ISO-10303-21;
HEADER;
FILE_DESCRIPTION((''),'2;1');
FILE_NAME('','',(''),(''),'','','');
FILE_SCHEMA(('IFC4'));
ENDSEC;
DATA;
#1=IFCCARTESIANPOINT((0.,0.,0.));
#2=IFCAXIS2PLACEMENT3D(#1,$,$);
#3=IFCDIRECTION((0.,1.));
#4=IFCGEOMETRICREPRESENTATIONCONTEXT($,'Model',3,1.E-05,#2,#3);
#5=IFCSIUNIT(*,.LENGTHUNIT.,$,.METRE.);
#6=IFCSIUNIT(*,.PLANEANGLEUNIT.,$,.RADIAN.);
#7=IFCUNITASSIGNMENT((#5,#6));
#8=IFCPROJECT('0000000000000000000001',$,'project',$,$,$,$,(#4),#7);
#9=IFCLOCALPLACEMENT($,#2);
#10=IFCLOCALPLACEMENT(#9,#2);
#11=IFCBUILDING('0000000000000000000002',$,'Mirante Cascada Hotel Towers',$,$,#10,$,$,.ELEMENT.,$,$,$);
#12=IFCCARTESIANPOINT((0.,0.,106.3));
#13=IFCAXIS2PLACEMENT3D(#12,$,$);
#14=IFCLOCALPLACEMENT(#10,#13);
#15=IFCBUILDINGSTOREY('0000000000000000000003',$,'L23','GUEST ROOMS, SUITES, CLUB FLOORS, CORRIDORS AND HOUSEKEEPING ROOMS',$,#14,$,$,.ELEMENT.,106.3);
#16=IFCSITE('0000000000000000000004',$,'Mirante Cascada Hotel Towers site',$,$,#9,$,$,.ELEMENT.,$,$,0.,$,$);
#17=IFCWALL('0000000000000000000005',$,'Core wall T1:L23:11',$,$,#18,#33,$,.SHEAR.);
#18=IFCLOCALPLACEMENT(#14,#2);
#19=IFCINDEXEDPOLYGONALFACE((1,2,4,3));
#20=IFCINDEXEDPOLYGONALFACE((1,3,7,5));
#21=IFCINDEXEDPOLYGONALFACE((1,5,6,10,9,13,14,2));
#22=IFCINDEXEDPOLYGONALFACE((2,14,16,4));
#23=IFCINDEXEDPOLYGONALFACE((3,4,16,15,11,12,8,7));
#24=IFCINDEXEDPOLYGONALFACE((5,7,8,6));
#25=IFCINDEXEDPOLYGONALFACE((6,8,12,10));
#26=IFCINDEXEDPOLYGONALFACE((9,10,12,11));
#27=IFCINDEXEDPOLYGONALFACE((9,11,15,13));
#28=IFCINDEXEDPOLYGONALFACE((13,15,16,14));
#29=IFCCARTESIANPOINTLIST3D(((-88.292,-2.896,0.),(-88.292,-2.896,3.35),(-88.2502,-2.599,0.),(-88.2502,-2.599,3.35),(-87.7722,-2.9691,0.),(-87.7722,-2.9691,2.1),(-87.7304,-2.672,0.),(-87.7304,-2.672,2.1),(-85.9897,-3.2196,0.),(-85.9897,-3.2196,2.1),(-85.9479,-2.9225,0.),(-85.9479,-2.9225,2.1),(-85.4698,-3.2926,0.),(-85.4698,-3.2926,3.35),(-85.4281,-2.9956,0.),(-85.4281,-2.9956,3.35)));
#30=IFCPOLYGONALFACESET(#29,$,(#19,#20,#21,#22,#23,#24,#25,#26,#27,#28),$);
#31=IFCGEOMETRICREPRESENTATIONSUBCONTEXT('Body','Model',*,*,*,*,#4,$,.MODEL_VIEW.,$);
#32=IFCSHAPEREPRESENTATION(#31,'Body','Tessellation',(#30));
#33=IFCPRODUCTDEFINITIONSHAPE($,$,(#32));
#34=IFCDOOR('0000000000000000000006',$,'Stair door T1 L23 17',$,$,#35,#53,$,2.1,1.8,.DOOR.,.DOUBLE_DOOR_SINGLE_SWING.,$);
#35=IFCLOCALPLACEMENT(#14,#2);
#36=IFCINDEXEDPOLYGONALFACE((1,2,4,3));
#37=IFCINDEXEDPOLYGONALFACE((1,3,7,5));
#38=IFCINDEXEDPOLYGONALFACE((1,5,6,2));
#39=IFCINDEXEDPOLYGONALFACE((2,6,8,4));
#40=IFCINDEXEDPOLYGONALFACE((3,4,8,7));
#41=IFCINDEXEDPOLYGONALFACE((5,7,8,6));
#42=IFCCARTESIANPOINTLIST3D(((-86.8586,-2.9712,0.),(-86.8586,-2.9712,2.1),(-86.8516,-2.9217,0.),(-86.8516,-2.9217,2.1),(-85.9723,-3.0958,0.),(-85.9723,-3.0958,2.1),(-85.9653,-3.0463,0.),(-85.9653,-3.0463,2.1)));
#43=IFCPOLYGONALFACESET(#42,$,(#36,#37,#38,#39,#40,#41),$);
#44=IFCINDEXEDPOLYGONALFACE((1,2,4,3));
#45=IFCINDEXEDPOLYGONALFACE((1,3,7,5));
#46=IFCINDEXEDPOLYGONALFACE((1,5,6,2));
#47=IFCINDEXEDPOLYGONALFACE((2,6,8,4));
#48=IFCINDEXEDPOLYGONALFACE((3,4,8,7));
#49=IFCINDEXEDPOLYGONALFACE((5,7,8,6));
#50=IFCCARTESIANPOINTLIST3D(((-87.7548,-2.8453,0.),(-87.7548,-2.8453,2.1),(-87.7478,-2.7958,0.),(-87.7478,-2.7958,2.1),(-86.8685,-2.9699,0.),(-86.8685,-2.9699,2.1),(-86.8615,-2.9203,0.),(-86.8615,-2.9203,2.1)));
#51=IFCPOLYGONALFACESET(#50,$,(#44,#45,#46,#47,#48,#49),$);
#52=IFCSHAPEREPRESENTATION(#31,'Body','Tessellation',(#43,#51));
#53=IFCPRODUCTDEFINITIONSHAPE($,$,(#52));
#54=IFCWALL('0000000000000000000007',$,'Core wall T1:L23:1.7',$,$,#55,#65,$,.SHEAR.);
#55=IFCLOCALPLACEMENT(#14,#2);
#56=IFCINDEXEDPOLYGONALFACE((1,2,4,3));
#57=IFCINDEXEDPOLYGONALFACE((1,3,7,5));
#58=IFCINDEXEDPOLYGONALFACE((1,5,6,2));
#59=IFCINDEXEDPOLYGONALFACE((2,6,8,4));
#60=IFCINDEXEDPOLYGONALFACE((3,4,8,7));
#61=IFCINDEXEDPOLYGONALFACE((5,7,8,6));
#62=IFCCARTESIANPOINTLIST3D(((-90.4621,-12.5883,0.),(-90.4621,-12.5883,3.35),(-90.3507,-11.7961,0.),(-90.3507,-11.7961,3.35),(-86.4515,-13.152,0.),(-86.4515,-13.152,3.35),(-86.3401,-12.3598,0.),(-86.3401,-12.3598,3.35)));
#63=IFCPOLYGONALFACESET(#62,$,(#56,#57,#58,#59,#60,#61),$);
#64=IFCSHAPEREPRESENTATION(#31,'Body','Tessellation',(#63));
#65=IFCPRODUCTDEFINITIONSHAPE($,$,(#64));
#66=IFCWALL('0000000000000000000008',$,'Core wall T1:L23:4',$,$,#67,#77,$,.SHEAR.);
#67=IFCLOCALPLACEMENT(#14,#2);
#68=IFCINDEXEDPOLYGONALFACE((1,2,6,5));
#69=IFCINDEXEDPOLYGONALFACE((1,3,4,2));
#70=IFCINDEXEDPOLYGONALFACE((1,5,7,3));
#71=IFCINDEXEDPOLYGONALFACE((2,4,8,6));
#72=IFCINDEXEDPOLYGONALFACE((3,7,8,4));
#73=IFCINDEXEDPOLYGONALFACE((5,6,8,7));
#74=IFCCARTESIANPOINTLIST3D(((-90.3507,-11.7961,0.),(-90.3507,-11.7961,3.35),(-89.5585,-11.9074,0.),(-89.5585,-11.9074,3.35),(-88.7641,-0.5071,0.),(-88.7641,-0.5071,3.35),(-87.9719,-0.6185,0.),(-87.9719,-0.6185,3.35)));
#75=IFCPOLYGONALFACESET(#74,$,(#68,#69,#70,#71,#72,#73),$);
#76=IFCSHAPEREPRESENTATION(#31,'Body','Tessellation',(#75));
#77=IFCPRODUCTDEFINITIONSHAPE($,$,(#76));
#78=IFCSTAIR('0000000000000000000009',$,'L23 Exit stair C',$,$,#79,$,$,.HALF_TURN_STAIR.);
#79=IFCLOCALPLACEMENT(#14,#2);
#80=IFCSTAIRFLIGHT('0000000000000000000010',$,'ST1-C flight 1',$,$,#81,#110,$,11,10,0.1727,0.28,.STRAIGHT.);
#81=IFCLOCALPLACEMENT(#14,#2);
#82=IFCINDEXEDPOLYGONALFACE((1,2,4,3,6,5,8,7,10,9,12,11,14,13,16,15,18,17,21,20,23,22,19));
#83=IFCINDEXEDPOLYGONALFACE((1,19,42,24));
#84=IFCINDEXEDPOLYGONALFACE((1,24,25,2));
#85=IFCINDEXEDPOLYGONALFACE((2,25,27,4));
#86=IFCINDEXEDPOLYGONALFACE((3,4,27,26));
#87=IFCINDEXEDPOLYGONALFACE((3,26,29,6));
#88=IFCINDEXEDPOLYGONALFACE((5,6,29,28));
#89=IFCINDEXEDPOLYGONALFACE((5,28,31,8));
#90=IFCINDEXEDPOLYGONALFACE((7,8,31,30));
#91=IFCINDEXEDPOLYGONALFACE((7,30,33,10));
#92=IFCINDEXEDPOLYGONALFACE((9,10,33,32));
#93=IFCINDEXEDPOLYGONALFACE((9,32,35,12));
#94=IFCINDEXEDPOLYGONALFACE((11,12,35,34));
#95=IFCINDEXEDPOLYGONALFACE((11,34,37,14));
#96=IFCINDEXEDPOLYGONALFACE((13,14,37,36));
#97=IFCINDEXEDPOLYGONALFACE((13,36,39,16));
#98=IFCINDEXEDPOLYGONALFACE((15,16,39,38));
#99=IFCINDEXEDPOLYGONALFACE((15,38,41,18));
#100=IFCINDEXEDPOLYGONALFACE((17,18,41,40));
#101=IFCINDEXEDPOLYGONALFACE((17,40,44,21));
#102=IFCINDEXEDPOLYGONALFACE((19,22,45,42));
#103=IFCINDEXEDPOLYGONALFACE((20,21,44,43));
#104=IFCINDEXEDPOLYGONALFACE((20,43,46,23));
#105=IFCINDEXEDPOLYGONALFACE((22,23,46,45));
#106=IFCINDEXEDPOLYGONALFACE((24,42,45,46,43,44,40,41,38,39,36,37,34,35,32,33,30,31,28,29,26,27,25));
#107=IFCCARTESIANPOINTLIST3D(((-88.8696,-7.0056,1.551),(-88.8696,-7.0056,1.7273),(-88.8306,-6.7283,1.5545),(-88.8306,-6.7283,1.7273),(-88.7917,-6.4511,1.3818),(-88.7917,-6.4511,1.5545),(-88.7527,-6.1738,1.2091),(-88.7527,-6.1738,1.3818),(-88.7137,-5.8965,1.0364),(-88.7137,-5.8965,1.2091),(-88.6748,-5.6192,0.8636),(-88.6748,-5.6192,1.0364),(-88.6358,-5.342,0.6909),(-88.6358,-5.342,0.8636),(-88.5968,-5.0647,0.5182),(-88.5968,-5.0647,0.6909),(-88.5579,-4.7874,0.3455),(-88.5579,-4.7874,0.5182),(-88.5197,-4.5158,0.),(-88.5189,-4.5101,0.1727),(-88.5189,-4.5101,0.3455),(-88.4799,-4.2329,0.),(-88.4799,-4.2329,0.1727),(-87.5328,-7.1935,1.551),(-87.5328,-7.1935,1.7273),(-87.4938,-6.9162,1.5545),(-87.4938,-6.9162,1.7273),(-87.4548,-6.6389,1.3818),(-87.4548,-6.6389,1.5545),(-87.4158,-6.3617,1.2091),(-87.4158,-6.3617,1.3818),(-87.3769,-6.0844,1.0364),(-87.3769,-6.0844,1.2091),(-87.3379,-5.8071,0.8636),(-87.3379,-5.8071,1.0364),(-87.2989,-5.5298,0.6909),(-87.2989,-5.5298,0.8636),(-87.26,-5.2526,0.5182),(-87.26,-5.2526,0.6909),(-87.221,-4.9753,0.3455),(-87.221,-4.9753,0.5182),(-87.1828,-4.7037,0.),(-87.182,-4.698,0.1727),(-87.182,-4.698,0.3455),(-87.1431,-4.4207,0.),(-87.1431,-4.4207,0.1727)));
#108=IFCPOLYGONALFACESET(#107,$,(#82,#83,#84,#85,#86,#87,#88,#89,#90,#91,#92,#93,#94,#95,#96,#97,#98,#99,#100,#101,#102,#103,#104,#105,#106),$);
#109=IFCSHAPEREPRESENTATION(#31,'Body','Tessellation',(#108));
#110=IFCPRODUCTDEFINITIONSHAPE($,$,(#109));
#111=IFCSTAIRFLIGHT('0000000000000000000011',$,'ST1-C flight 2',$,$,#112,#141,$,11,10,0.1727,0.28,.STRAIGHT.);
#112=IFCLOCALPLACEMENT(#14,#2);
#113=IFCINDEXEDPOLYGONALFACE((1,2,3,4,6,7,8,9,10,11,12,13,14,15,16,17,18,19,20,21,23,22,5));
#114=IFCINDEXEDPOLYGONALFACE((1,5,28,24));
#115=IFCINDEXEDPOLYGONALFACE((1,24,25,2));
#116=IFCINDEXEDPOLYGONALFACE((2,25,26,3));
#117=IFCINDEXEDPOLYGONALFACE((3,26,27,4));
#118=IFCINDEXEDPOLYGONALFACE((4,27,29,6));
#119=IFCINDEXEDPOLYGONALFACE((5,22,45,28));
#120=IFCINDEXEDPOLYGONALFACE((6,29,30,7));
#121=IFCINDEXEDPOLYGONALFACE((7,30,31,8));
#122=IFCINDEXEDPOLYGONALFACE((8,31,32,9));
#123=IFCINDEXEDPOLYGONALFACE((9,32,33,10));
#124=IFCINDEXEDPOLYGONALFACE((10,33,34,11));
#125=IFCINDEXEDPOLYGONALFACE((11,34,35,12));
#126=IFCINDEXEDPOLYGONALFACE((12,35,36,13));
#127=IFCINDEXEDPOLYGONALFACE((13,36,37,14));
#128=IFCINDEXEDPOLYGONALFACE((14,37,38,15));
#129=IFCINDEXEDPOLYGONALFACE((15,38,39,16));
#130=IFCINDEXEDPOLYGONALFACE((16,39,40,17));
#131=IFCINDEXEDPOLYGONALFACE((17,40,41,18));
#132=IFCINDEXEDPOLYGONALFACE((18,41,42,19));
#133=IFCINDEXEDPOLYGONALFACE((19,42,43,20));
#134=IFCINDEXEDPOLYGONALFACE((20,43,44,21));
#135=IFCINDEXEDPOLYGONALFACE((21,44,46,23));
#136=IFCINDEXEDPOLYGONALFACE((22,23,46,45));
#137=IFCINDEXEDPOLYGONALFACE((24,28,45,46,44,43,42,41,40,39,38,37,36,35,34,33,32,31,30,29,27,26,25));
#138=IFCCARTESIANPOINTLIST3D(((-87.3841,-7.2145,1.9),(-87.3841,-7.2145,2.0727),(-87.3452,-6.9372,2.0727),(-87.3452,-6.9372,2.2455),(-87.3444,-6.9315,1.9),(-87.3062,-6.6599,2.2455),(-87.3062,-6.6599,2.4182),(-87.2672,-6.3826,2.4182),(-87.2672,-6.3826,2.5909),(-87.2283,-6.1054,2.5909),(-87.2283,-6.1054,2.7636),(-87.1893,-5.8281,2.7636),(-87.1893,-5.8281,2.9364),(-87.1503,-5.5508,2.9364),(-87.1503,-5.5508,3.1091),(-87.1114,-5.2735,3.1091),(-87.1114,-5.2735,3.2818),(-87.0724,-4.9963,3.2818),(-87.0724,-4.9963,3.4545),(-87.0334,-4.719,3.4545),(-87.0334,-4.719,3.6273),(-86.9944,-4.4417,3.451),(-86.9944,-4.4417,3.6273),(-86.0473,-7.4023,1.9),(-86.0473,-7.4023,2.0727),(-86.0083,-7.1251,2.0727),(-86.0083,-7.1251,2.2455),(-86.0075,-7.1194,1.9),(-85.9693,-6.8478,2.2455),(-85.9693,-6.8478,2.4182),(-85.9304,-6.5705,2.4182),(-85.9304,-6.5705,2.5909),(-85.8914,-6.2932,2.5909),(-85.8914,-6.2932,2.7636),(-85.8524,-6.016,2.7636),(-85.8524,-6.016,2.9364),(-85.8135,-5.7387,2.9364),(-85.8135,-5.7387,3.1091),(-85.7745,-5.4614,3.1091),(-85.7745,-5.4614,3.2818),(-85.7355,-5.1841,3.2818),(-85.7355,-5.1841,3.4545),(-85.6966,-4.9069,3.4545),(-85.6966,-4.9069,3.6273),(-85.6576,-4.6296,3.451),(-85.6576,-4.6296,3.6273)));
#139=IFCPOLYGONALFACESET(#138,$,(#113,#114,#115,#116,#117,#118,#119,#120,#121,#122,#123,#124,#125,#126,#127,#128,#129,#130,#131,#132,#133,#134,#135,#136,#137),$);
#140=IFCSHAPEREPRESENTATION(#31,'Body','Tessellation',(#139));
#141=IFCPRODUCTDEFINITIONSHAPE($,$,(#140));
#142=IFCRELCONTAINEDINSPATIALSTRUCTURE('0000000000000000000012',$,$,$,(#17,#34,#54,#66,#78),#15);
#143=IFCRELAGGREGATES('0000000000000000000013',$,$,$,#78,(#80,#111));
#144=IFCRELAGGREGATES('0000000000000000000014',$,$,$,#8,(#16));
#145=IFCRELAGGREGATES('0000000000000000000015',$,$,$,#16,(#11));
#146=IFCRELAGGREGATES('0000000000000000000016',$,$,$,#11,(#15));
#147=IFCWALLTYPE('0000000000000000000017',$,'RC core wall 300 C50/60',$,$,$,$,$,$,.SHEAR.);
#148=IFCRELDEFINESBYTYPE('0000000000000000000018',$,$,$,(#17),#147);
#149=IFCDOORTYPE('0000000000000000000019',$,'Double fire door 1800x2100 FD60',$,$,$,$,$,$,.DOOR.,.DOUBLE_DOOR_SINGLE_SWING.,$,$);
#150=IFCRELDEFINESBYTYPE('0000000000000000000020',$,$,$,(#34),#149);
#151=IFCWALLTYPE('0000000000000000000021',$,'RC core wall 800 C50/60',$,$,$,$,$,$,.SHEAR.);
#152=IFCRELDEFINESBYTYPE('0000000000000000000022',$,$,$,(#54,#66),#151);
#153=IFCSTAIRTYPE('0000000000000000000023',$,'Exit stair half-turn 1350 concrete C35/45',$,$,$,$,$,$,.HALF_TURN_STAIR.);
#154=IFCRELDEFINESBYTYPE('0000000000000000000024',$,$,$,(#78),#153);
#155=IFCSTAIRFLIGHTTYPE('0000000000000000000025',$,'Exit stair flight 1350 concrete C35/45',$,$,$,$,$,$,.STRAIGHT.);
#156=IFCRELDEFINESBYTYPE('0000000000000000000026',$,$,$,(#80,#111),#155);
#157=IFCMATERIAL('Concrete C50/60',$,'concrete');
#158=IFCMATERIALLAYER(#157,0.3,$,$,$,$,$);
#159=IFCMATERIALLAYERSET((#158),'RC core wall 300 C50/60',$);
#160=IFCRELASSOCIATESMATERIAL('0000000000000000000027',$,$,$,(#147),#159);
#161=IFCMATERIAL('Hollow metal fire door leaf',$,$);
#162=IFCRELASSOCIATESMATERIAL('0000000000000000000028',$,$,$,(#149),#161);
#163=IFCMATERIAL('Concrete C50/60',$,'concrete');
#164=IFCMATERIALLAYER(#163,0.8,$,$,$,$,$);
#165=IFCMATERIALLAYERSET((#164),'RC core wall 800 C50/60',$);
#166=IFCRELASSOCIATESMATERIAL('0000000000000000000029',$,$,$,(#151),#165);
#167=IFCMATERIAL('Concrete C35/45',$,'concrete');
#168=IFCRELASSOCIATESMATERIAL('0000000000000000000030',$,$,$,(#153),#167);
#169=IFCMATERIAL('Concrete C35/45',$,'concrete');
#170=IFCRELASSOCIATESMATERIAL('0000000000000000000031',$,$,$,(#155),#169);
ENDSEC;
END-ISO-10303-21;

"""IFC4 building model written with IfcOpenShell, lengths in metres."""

from ifc_helpers import new_model, si_unit, direction, frame, frame_2d, origin, place, context, subcontext, project, spatial, polyline, rectangle, outline, extrude, material, layer, layer_set, type_object, element, fill, aggregate, save


model = new_model("IFC4")

# Units and contexts
model_context = context("Model", 3, precision=1e-05, world=origin(), true_north=direction((0.0, 1.0)))
body_context = subcontext(model_context, "Body", "Model", "MODEL_VIEW")
ifc_project = project(units=[si_unit("LENGTHUNIT", "METRE"), si_unit("PLANEANGLEUNIT", "RADIAN")], contexts=[model_context])

# Site, building, storey
site_placement = place(None, origin())
site = spatial("IfcSite", under=ifc_project, at=site_placement, Name="Mirante Cascada Hotel Towers site", CompositionType="ELEMENT", RefElevation=0.0)
building_placement = place(site_placement, origin())
building = spatial("IfcBuilding", under=site, at=building_placement, Name="Mirante Cascada Hotel Towers", CompositionType="ELEMENT")
storey_placement = place(building_placement, frame((0.0, 0.0, 106.3)))
storey = spatial("IfcBuildingStorey", under=building, at=storey_placement, Name="L23", Description="GUEST ROOMS, SUITES, CLUB FLOORS, CORRIDORS AND HOUSEKEEPING ROOMS", CompositionType="ELEMENT", Elevation=106.3)

# Shared definitions
ifc_material_1 = material(Name="Concrete C50/60", Category="concrete")
ifc_layer_1 = layer(ifc_material_1, 0.3)
ifc_layer_set_1 = layer_set([ifc_layer_1], Name="RC core wall 300 C50/60")
wall_type_1 = type_object("IfcWallType", Name="RC core wall 300 C50/60", PredefinedType="SHEAR", material=ifc_layer_set_1)

# Wall, opening, door
wall_1_placement = place(storey_placement, frame((-85.4489, -3.1441, 0.0), z_axis=(0.0, 0.0, 1.0), x_axis=(-0.99027, 0.139161, 0.0)))
wall_1 = element("IfcWall", 1, at=wall_1_placement, inside=storey, type_object=wall_type_1, Name="Core wall T1:L23:11", PredefinedType="SHEAR", context=body_context, shape_type="SweptSolid", body=[
    extrude(rectangle(XDim=2.8499, YDim=0.3, at=frame_2d((1.425, 0.0))), origin(), (0.0, 0.0, 1.0), 3.35),
])
opening_1_placement = place(wall_1_placement, frame((0.525, 0.0, 0.0)))
opening_1 = element("IfcOpeningElement", 2, at=opening_1_placement, cuts=wall_1, PredefinedType="OPENING", context=body_context, shape_type="SweptSolid", body=[
    extrude(rectangle(XDim=1.8, YDim=2.1, at=frame_2d((0.9, 1.05))), frame((0.0, 0.15, 0.0), z_axis=(0.0, -1.0, 0.0), x_axis=(1.0, 0.0, 0.0)), (0.0, 0.0, 1.0), 0.3),
])
ifc_material_2 = material(Name="Hollow metal fire door leaf")
door_type_1 = type_object("IfcDoorType", Name="Double fire door 1800x2100 FD60", OperationType="DOUBLE_DOOR_SINGLE_SWING", PredefinedType="DOOR", material=ifc_material_2)
door_1_placement = place(opening_1_placement, origin())
door_1 = element("IfcDoor", 3, at=door_1_placement, inside=storey, type_object=door_type_1, Name="Stair door T1 L23 17", OperationType="DOUBLE_DOOR_SINGLE_SWING", OverallHeight=2.1, OverallWidth=1.8, PredefinedType="DOOR", context=body_context, shape_type="SweptSolid", body=[
    extrude(rectangle(XDim=0.895, YDim=2.1, at=frame_2d((0.4475, 1.05))), frame((0.0, 0.025, 0.0), z_axis=(0.0, -1.0, 0.0), x_axis=(1.0, 0.0, 0.0)), (0.0, 0.0, 1.0), 0.05),
    extrude(rectangle(XDim=0.895, YDim=2.1, at=frame_2d((1.3525, 1.05))), frame((0.0, 0.025, 0.0), z_axis=(0.0, -1.0, 0.0), x_axis=(1.0, 0.0, 0.0)), (0.0, 0.0, 1.0), 0.05),
])
fill(opening_1, door_1)

# Walls
ifc_material_3 = material(Name="Concrete C50/60", Category="concrete")
ifc_layer_2 = layer(ifc_material_3, 0.8)
ifc_layer_set_2 = layer_set([ifc_layer_2], Name="RC core wall 800 C50/60")
wall_type_2 = type_object("IfcWallType", Name="RC core wall 800 C50/60", PredefinedType="SHEAR", material=ifc_layer_set_2)
wall_2_placement = place(storey_placement, frame((-86.3958, -12.7559, 0.0), z_axis=(0.0, 0.0, 1.0), x_axis=(-0.990267, 0.139184, 0.0)))
element("IfcWall", 4, at=wall_2_placement, inside=storey, type_object=wall_type_2, Name="Core wall T1:L23:1.7", PredefinedType="SHEAR", context=body_context, shape_type="SweptSolid", body=[
    extrude(rectangle(XDim=4.05, YDim=0.8, at=frame_2d((2.025, 0.0))), origin(), (0.0, 0.0, 1.0), 3.35),
])
wall_3_placement = place(storey_placement, frame((-89.9546, -11.8518, 0.0), z_axis=(0.0, 0.0, 1.0), x_axis=(0.139176, 0.990268, 0.0)))
element("IfcWall", 5, at=wall_3_placement, inside=storey, type_object=wall_type_2, Name="Core wall T1:L23:4", PredefinedType="SHEAR", context=body_context, shape_type="SweptSolid", body=[
    extrude(rectangle(XDim=11.3999, YDim=0.8, at=frame_2d((5.7, 0.0))), origin(), (0.0, 0.0, 1.0), 3.35),
])

# Stair, stair flights
ifc_material_4 = material(Name="Concrete C35/45", Category="concrete")
stair_type = type_object("IfcStairType", Name="Exit stair half-turn 1350 concrete C35/45", PredefinedType="HALF_TURN_STAIR", material=ifc_material_4)
stair_placement = place(storey_placement, origin())
stair = element("IfcStair", 6, at=stair_placement, inside=storey, type_object=stair_type, Name="L23 Exit stair C", PredefinedType="HALF_TURN_STAIR")
ifc_material_5 = material(Name="Concrete C35/45", Category="concrete")
stair_flight_type = type_object("IfcStairFlightType", Name="Exit stair flight 1350 concrete C35/45", PredefinedType="STRAIGHT", material=ifc_material_5)
stair_flight_1_placement = place(storey_placement, frame((-87.8115, -4.3268, 0.0), z_axis=(0.0, 0.0, 1.0), x_axis=(-0.139173, -0.990268, 0.0)))
stair_flight_1 = element("IfcStairFlight", 7, at=stair_flight_1_placement, type_object=stair_flight_type, Name="ST1-C flight 1", NumberOfRisers=11, NumberOfTreads=10, PredefinedType="STRAIGHT", RiserHeight=0.1727, TreadLength=0.28, context=body_context, shape_type="SweptSolid", body=[
    extrude(outline(polyline([(0.0, 0.0), (0.0, 0.1727), (0.28, 0.1727), (0.28, 0.3455), (0.56, 0.3455), (0.56, 0.5182), (0.84, 0.5182), (0.84, 0.6909), (1.12, 0.6909), (1.12, 0.8636), (1.4, 0.8636), (1.4, 1.0364), (1.68, 1.0364), (1.68, 1.2091), (1.96, 1.2091), (1.96, 1.3818), (2.24, 1.3818), (2.24, 1.5545), (2.52, 1.5545), (2.52, 1.7273), (2.8, 1.7273), (2.8, 1.9), (2.8, 1.551), (0.2857, 0.0), (0.0, 0.0)])), frame((0.0, 0.675, 0.0), z_axis=(0.0, -1.0, 0.0), x_axis=(1.0, 0.0, 0.0)), (0.0, 0.0, 1.0), 1.35),
])
stair_flight_2_placement = place(storey_placement, frame((-86.7157, -7.3084, 1.9), z_axis=(0.0, 0.0, 1.0), x_axis=(0.139173, 0.990268, 0.0)))
stair_flight_2 = element("IfcStairFlight", 8, at=stair_flight_2_placement, type_object=stair_flight_type, Name="ST1-C flight 2", NumberOfRisers=11, NumberOfTreads=10, PredefinedType="STRAIGHT", RiserHeight=0.1727, TreadLength=0.28, context=body_context, shape_type="SweptSolid", body=[
    extrude(outline(polyline([(0.0, 0.0), (0.0, 0.1727), (0.28, 0.1727), (0.28, 0.3455), (0.56, 0.3455), (0.56, 0.5182), (0.84, 0.5182), (0.84, 0.6909), (1.12, 0.6909), (1.12, 0.8636), (1.4, 0.8636), (1.4, 1.0364), (1.68, 1.0364), (1.68, 1.2091), (1.96, 1.2091), (1.96, 1.3818), (2.24, 1.3818), (2.24, 1.5545), (2.52, 1.5545), (2.52, 1.7273), (2.8, 1.7273), (2.8, 1.9), (2.8, 1.551), (0.2857, 0.0), (0.0, 0.0)])), frame((0.0, 0.675, 0.0), z_axis=(0.0, -1.0, 0.0), x_axis=(1.0, 0.0, 0.0)), (0.0, 0.0, 1.0), 1.35),
])
aggregate(stair, [stair_flight_1, stair_flight_2])

save(model, "model.ifc")
